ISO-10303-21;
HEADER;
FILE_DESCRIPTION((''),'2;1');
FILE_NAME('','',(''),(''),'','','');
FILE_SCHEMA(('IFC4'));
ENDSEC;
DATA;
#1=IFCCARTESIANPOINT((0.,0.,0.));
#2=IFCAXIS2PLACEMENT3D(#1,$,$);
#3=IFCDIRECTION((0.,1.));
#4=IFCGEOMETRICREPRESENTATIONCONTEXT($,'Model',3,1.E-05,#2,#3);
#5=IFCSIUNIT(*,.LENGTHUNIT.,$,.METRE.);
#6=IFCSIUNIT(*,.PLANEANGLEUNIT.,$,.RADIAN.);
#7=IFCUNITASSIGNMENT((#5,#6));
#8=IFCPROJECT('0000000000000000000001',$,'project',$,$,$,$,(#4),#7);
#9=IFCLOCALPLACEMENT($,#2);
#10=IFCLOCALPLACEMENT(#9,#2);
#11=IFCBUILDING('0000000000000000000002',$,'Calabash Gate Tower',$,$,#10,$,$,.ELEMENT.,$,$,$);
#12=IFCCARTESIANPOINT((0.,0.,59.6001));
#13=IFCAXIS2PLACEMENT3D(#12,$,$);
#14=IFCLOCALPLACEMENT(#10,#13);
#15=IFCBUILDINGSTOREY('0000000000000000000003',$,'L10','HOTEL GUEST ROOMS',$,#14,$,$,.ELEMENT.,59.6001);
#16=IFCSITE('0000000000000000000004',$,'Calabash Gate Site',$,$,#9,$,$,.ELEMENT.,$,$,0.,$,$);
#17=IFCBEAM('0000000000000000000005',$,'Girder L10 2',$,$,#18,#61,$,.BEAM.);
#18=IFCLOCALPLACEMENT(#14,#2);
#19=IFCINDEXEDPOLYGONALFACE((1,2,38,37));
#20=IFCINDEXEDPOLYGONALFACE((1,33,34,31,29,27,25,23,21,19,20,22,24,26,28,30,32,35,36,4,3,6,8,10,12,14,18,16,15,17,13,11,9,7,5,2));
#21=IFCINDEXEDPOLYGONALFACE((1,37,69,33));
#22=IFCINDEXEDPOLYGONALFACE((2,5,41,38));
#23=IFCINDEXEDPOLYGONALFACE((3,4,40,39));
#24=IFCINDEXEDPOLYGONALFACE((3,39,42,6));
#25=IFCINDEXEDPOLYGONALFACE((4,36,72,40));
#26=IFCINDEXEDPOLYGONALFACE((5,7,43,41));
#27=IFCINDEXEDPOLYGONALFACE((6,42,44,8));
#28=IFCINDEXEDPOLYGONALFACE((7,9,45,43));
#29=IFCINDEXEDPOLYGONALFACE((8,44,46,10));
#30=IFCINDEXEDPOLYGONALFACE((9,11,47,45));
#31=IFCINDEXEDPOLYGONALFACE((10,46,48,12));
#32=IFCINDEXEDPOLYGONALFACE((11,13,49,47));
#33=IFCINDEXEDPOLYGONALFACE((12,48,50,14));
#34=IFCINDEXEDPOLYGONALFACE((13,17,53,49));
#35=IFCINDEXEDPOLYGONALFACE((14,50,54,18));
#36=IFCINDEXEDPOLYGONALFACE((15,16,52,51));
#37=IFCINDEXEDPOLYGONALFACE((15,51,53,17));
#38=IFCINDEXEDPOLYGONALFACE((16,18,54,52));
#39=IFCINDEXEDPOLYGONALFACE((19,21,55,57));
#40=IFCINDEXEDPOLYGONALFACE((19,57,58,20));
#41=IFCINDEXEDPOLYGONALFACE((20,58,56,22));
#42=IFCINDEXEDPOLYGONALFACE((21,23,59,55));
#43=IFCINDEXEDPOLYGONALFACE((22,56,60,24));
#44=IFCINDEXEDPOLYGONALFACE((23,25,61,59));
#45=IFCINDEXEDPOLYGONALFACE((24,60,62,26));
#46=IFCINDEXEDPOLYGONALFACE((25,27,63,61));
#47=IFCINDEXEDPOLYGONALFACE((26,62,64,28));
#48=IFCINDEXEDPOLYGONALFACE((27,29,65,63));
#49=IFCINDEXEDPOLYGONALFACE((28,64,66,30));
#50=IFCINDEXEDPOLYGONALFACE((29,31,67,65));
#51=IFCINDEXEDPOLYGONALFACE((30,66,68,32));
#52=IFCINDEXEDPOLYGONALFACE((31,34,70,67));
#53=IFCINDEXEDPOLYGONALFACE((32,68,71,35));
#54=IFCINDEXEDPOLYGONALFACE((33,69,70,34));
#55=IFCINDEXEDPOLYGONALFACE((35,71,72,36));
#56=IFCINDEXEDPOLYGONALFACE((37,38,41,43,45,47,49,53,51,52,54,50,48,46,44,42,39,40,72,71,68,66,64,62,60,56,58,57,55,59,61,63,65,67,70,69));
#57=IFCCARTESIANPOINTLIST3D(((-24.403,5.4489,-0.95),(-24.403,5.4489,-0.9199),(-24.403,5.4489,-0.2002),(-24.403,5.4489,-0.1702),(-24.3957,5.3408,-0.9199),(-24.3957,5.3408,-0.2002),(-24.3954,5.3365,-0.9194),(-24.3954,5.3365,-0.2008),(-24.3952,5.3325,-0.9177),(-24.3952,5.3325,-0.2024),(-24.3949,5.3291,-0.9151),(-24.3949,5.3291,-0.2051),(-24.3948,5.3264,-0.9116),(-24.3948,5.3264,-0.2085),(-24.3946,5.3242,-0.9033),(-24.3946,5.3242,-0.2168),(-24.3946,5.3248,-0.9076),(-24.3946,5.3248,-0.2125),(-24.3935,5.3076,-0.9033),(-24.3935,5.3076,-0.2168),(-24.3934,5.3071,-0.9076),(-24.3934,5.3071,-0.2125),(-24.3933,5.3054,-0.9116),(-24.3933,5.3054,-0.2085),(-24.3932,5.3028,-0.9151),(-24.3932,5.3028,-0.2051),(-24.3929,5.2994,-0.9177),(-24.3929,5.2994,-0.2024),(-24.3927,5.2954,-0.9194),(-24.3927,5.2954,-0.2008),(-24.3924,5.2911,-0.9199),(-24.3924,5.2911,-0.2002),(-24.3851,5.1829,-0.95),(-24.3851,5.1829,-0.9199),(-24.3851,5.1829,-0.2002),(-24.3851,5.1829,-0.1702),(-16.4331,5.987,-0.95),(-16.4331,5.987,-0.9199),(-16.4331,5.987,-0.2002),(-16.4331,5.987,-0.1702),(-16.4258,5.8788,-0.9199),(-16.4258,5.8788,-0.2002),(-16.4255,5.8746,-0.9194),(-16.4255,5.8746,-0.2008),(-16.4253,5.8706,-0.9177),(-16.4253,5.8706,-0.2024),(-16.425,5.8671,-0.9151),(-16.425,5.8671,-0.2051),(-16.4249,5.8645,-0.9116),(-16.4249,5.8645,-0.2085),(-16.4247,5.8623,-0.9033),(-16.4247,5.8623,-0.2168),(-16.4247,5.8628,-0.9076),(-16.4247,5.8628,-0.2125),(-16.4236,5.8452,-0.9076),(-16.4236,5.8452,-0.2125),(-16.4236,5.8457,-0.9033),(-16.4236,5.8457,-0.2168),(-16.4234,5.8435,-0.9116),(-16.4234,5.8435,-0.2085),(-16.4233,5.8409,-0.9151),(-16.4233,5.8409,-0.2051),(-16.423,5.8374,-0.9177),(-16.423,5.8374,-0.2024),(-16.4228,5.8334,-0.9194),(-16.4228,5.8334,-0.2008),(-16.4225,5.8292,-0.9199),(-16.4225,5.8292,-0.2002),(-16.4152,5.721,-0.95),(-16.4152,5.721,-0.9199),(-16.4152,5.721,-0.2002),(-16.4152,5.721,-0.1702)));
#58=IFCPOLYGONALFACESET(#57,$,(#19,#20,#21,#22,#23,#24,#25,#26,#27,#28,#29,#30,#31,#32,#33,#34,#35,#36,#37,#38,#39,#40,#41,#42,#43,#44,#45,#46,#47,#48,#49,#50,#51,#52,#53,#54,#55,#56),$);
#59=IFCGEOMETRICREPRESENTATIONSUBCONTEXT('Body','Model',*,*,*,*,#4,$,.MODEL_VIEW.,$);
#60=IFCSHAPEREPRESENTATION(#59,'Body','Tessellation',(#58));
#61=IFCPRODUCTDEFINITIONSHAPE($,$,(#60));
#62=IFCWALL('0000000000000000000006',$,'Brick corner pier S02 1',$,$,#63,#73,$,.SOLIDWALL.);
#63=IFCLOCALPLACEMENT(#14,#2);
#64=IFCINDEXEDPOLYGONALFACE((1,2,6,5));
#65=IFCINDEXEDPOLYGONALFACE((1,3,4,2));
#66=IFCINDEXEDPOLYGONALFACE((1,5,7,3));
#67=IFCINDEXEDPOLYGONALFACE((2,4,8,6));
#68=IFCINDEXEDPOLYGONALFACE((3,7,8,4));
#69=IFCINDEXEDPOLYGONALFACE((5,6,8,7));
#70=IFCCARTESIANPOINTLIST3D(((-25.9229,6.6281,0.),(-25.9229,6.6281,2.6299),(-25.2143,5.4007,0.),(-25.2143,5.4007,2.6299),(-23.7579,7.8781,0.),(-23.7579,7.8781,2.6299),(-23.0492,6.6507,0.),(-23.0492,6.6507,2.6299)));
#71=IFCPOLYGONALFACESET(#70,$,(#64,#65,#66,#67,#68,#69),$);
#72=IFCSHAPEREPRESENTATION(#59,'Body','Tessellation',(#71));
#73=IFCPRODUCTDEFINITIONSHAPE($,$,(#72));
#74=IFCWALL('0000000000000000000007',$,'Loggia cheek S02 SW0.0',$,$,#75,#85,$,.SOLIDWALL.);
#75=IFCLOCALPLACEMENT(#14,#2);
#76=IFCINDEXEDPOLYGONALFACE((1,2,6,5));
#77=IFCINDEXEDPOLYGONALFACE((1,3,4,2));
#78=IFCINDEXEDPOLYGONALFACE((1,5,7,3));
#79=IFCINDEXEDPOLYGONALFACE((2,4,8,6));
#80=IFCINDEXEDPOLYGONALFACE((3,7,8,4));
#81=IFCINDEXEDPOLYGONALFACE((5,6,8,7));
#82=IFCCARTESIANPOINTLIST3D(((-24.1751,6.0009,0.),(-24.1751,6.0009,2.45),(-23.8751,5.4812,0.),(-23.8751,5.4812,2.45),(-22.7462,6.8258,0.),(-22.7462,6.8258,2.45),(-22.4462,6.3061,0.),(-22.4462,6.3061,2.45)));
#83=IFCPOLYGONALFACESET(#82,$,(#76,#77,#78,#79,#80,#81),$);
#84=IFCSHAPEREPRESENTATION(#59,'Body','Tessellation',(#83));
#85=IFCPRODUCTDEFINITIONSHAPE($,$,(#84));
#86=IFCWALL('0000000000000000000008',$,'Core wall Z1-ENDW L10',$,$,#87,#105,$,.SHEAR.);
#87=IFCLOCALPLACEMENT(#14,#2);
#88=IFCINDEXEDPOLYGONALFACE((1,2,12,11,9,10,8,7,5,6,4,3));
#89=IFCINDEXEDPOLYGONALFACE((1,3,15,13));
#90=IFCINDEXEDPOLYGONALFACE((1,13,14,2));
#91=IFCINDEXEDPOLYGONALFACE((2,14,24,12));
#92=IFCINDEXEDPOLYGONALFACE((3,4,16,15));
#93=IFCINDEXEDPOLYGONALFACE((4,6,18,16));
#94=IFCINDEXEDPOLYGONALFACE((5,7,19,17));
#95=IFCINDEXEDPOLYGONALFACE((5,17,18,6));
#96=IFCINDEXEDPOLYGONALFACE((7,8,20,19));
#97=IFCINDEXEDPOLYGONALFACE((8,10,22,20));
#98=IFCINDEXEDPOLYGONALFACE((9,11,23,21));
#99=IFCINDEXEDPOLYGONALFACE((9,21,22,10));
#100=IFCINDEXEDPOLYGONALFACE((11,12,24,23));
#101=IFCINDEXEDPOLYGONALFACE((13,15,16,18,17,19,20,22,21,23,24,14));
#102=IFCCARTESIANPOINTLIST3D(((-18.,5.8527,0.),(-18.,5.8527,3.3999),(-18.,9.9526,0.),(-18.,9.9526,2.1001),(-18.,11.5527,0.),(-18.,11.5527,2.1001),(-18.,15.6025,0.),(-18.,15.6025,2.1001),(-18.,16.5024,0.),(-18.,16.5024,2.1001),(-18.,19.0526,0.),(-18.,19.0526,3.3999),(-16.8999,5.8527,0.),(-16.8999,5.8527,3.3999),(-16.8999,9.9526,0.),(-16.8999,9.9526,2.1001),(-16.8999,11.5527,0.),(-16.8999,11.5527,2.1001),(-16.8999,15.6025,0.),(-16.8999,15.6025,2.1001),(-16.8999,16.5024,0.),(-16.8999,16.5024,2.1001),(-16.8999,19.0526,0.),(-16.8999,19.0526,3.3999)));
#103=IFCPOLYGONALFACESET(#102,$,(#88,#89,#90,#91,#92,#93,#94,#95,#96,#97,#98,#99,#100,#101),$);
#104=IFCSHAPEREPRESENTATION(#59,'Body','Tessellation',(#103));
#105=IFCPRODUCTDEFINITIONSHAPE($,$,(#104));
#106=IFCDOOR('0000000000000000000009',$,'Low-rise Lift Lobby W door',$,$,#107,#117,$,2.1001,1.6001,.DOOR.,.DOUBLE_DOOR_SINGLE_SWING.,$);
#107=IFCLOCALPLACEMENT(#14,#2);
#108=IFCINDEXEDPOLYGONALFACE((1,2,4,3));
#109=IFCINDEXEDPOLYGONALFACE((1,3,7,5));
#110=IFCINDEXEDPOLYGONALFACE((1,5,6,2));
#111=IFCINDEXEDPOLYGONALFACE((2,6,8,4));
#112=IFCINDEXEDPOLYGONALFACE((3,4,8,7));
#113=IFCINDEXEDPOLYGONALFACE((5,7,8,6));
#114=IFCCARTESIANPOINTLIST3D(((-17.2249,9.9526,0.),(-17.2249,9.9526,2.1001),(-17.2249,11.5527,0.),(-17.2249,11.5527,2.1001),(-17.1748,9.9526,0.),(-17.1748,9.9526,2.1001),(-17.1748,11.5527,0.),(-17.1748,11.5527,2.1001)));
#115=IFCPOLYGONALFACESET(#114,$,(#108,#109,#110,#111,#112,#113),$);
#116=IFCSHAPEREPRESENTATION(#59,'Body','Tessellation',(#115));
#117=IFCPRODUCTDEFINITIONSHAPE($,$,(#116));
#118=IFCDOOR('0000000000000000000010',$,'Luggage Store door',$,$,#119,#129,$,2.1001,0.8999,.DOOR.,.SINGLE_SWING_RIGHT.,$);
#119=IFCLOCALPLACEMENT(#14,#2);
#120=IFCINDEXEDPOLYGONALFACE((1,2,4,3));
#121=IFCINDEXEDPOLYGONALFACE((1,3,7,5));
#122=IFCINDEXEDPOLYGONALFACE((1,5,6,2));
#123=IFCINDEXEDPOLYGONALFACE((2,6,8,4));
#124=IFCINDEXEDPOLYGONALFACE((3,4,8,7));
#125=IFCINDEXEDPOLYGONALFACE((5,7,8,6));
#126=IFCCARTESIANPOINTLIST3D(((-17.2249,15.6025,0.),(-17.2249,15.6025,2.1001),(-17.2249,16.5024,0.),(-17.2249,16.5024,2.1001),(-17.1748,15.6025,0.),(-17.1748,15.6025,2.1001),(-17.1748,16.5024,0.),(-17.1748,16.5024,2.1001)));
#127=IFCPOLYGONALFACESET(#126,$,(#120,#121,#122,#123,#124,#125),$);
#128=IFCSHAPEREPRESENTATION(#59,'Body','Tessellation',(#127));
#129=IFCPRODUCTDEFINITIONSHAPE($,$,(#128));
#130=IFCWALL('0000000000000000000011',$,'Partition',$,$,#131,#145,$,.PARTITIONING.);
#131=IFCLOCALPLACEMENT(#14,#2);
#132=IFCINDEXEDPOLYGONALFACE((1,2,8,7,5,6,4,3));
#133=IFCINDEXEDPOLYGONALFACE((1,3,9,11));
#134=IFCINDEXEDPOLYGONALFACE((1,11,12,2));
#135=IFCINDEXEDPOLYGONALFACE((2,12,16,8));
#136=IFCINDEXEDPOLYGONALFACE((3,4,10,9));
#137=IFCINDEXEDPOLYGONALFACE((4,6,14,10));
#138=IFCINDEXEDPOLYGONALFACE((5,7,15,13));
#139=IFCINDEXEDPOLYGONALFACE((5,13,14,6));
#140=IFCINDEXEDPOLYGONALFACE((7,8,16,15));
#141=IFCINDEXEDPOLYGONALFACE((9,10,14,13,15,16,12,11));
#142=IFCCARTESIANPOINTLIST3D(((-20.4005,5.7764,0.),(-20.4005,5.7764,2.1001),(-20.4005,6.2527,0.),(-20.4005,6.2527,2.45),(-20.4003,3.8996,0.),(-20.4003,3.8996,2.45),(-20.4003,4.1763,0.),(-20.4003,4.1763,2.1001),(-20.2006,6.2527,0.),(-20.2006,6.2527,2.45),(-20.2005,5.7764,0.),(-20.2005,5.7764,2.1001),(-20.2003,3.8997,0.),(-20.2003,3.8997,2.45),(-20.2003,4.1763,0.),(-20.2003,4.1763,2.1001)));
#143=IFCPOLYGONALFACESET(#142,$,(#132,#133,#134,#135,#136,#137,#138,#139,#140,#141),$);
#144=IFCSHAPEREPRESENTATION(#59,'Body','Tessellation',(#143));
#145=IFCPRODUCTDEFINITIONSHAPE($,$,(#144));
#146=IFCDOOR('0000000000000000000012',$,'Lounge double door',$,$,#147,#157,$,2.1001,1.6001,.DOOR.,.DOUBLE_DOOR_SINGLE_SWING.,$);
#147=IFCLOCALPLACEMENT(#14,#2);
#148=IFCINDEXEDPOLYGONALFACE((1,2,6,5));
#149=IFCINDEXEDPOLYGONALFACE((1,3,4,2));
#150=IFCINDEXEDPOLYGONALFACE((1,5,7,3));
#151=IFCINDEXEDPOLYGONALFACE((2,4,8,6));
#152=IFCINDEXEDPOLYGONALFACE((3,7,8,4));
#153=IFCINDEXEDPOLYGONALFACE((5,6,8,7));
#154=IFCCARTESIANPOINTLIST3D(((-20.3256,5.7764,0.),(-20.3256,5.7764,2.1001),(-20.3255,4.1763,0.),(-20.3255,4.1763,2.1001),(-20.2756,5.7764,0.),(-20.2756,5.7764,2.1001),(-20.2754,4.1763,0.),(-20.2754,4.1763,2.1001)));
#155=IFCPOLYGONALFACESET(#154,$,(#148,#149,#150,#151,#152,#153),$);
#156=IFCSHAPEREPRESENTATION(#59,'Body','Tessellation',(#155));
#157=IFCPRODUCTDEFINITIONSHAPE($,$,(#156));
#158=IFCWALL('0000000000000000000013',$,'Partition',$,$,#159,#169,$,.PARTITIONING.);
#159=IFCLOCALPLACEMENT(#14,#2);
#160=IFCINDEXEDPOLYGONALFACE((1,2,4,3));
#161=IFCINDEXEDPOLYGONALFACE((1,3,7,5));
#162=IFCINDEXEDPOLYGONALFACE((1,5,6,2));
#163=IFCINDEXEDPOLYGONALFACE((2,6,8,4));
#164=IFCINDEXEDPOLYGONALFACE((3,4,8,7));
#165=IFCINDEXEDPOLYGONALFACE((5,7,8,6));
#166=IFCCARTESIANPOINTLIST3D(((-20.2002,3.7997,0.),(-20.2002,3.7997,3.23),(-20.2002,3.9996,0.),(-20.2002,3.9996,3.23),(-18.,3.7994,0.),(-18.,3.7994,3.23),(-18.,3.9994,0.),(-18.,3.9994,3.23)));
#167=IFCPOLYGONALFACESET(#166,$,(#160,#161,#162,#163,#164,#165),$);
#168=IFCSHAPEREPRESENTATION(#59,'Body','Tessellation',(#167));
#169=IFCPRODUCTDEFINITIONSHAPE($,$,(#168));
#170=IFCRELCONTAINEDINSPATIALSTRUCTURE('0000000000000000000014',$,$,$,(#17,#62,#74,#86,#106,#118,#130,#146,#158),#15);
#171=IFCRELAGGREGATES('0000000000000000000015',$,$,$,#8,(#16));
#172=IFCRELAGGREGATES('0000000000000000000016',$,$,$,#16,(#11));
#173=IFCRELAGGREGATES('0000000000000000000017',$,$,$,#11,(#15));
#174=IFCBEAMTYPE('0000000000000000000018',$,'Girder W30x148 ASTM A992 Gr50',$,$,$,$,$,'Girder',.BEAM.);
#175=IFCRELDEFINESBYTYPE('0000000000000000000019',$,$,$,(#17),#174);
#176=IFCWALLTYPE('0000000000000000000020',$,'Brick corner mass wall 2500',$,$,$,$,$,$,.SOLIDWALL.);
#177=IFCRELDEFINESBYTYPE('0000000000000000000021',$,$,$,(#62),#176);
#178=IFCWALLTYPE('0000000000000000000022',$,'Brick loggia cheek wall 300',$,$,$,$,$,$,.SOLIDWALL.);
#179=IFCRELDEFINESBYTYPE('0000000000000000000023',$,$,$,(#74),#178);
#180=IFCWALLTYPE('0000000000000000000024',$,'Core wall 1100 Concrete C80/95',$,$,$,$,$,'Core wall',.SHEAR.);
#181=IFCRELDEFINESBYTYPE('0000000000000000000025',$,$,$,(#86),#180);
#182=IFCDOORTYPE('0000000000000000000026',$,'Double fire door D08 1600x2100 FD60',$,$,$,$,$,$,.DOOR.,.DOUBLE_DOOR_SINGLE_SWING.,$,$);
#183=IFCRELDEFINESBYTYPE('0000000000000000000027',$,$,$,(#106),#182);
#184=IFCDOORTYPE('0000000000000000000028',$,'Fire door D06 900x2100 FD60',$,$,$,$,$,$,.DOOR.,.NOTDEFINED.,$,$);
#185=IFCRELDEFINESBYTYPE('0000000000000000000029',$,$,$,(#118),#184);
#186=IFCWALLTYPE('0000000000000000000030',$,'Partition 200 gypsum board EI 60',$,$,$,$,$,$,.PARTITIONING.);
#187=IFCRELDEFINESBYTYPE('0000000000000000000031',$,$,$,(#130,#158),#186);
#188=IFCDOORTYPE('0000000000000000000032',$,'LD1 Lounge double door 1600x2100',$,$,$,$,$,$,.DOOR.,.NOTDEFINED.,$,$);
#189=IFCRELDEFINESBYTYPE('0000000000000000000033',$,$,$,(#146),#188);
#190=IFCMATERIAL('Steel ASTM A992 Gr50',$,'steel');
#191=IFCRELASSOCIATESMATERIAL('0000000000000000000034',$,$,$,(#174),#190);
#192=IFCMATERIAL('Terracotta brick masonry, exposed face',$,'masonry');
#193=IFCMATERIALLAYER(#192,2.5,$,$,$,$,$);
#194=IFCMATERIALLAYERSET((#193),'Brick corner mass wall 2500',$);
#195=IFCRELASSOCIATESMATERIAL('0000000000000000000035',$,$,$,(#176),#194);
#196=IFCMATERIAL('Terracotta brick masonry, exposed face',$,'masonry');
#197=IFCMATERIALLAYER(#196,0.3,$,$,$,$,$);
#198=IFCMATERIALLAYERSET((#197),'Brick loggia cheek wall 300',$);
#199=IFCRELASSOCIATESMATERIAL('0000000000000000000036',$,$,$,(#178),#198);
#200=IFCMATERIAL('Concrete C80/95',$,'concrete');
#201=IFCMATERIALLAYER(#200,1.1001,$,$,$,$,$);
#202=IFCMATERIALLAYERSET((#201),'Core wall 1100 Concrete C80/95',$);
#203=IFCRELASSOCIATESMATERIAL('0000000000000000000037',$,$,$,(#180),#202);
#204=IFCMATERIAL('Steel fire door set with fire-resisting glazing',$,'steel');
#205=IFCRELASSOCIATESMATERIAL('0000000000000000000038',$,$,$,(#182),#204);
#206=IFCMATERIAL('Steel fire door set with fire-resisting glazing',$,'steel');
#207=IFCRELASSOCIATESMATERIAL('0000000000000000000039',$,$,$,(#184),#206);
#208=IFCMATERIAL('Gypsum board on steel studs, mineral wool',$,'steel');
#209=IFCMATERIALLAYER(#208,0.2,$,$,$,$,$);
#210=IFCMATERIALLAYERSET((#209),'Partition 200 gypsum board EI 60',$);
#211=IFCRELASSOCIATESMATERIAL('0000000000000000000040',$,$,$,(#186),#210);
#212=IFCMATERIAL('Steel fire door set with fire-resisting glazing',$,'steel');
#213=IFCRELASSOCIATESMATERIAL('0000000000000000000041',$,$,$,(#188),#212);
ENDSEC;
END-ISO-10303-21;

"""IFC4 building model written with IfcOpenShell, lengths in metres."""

from ifc_helpers import new_model, si_unit, direction, frame, frame_2d, origin, origin_2d, place, context, subcontext, project, spatial, rectangle, i_section, extrude, material, layer, layer_set, material_profile, profile_set, type_object, element, fill, save


model = new_model("IFC4")

# Units and contexts
model_context = context("Model", 3, precision=1e-05, world=origin(), true_north=direction((0.0, 1.0)))
body_context = subcontext(model_context, "Body", "Model", "MODEL_VIEW")
ifc_project = project(units=[si_unit("LENGTHUNIT", "METRE"), si_unit("PLANEANGLEUNIT", "RADIAN")], contexts=[model_context])

# Site, building, storey
site_placement = place(None, origin())
site = spatial("IfcSite", under=ifc_project, at=site_placement, Name="Calabash Gate Site", CompositionType="ELEMENT", RefElevation=0.0)
building_placement = place(site_placement, origin())
building = spatial("IfcBuilding", under=site, at=building_placement, Name="Calabash Gate Tower", CompositionType="ELEMENT")
storey_placement = place(building_placement, frame((0.0, 0.0, 59.6001)))
storey = spatial("IfcBuildingStorey", under=building, at=storey_placement, Name="L10", Description="HOTEL GUEST ROOMS", CompositionType="ELEMENT", Elevation=59.6001)

# Beam
ifc_material_1 = material(Name="Steel ASTM A992 Gr50", Category="steel")
ifc_material_profile_1 = material_profile(ifc_material_1, i_section(OverallWidth=0.2666, OverallDepth=0.7798, WebThickness=0.0166, FlangeThickness=0.03, FilletRadius=0.0166, at=origin_2d()))
ifc_profile_set_1 = profile_set([ifc_material_profile_1], Name="Steel ASTM A992 Gr50")
beam_type_1 = type_object("IfcBeamType", Name="Girder W30x148 ASTM A992 Gr50", ElementType="Girder", PredefinedType="BEAM", material=ifc_profile_set_1)
beam_1_placement = place(storey_placement, frame((-24.394, 5.3159, -0.5601), z_axis=(0.997729, 0.067361, 0.0), x_axis=(-0.067361, 0.997729, 0.0)))
element("IfcBeam", 1, at=beam_1_placement, inside=storey, type_object=beam_type_1, Name="Girder L10 2", PredefinedType="BEAM", context=body_context, shape_type="SweptSolid", body=[
    extrude(i_section(OverallWidth=0.2666, OverallDepth=0.7798, WebThickness=0.0166, FlangeThickness=0.03, FilletRadius=0.0166, at=origin_2d()), origin(), (0.0, 0.0, 1.0), 7.988),
])

# Walls
ifc_material_2 = material(Name="Terracotta brick masonry, exposed face", Category="masonry")
ifc_layer_1 = layer(ifc_material_2, 2.5)
ifc_layer_set_1 = layer_set([ifc_layer_1], Name="Brick corner mass wall 2500")
wall_type_1 = type_object("IfcWallType", Name="Brick corner mass wall 2500", PredefinedType="SOLIDWALL", material=ifc_layer_set_1)
wall_1_placement = place(storey_placement, frame((-25.5686, 6.0144, 0.0), z_axis=(0.0, 0.0, 1.0), x_axis=(0.866023, 0.500004, 0.0)))
element("IfcWall", 2, at=wall_1_placement, inside=storey, type_object=wall_type_1, Name="Brick corner pier S02 1", PredefinedType="SOLIDWALL", context=body_context, shape_type="SweptSolid", body=[
    extrude(rectangle(XDim=2.5, YDim=1.4172, at=frame_2d((1.25, 0.0))), origin(), (0.0, 0.0, 1.0), 2.6299),
])
ifc_material_3 = material(Name="Terracotta brick masonry, exposed face", Category="masonry")
ifc_layer_2 = layer(ifc_material_3, 0.3)
ifc_layer_set_2 = layer_set([ifc_layer_2], Name="Brick loggia cheek wall 300")
wall_type_2 = type_object("IfcWallType", Name="Brick loggia cheek wall 300", PredefinedType="SOLIDWALL", material=ifc_layer_set_2)
wall_2_placement = place(storey_placement, frame((-22.5962, 6.5659, 0.0), z_axis=(0.0, 0.0, 1.0), x_axis=(-0.86604, -0.499974, 0.0)))
element("IfcWall", 3, at=wall_2_placement, inside=storey, type_object=wall_type_2, Name="Loggia cheek S02 SW0.0", PredefinedType="SOLIDWALL", context=body_context, shape_type="SweptSolid", body=[
    extrude(rectangle(XDim=1.6499, YDim=0.6001, at=frame_2d((0.825, 0.0))), origin(), (0.0, 0.0, 1.0), 2.45),
])

# Wall, openings, doors
ifc_material_4 = material(Name="Concrete C80/95", Category="concrete")
ifc_layer_3 = layer(ifc_material_4, 1.1001)
ifc_layer_set_3 = layer_set([ifc_layer_3], Name="Core wall 1100 Concrete C80/95")
wall_type_3 = type_object("IfcWallType", Name="Core wall 1100 Concrete C80/95", ElementType="Core wall", PredefinedType="SHEAR", material=ifc_layer_set_3)
wall_3_placement = place(storey_placement, frame((-17.45, 5.8525, 0.0), z_axis=(0.0, 0.0, 1.0), x_axis=(0.0, 1.0, 0.0)))
wall_3 = element("IfcWall", 4, at=wall_3_placement, inside=storey, type_object=wall_type_3, Name="Core wall Z1-ENDW L10", PredefinedType="SHEAR", context=body_context, shape_type="SweptSolid", body=[
    extrude(rectangle(XDim=13.2, YDim=1.1001, at=frame_2d((6.6001, 0.0))), origin(), (0.0, 0.0, 1.0), 3.3999),
])
opening_1_placement = place(wall_3_placement, frame((4.1001, 0.0, 0.0)))
opening_1 = element("IfcOpeningElement", 5, at=opening_1_placement, cuts=wall_3, PredefinedType="OPENING", context=body_context, shape_type="SweptSolid", body=[
    extrude(rectangle(XDim=1.6001, YDim=2.1001, at=frame_2d((0.8, 1.05))), frame((0.0, 0.5601, 0.0), z_axis=(0.0, -1.0, 0.0), x_axis=(1.0, 0.0, 0.0)), (0.0, 0.0, 1.0), 1.1201),
])
opening_2_placement = place(wall_3_placement, frame((9.75, 0.0, 0.0)))
opening_2 = element("IfcOpeningElement", 6, at=opening_2_placement, cuts=wall_3, PredefinedType="OPENING", context=body_context, shape_type="SweptSolid", body=[
    extrude(rectangle(XDim=0.8999, YDim=2.1001, at=frame_2d((0.45, 1.05))), frame((0.0, 0.5601, 0.0), z_axis=(0.0, -1.0, 0.0), x_axis=(1.0, 0.0, 0.0)), (0.0, 0.0, 1.0), 1.1201),
])
ifc_material_5 = material(Name="Steel fire door set with fire-resisting glazing", Category="steel")
door_type_1 = type_object("IfcDoorType", Name="Double fire door D08 1600x2100 FD60", OperationType="DOUBLE_DOOR_SINGLE_SWING", PredefinedType="DOOR", material=ifc_material_5)
door_1_placement = place(opening_1_placement, origin())
door_1 = element("IfcDoor", 7, at=door_1_placement, inside=storey, type_object=door_type_1, Name="Low-rise Lift Lobby W door", OperationType="DOUBLE_DOOR_SINGLE_SWING", OverallHeight=2.1001, OverallWidth=1.6001, PredefinedType="DOOR", context=body_context, shape_type="SweptSolid", body=[
    extrude(rectangle(XDim=1.6001, YDim=2.1001, at=frame_2d((0.8, 1.05))), frame((0.0, -0.2251, 0.0), z_axis=(0.0, -1.0, 0.0), x_axis=(1.0, 0.0, 0.0)), (0.0, 0.0, 1.0), 0.05),
])
fill(opening_1, door_1)
ifc_material_6 = material(Name="Steel fire door set with fire-resisting glazing", Category="steel")
door_type_2 = type_object("IfcDoorType", Name="Fire door D06 900x2100 FD60", OperationType="NOTDEFINED", PredefinedType="DOOR", material=ifc_material_6)
door_2_placement = place(opening_2_placement, origin())
door_2 = element("IfcDoor", 8, at=door_2_placement, inside=storey, type_object=door_type_2, Name="Luggage Store door", OperationType="SINGLE_SWING_RIGHT", OverallHeight=2.1001, OverallWidth=0.8999, PredefinedType="DOOR", context=body_context, shape_type="SweptSolid", body=[
    extrude(rectangle(XDim=0.8999, YDim=2.1001, at=frame_2d((0.45, 1.05))), frame((0.0, -0.2251, 0.0), z_axis=(0.0, -1.0, 0.0), x_axis=(1.0, 0.0, 0.0)), (0.0, 0.0, 1.0), 0.05),
])
fill(opening_2, door_2)

# Wall, opening, door
ifc_material_7 = material(Name="Gypsum board on steel studs, mineral wool", Category="steel")
ifc_layer_4 = layer(ifc_material_7, 0.2)
ifc_layer_set_4 = layer_set([ifc_layer_4], Name="Partition 200 gypsum board EI 60")
wall_type_4 = type_object("IfcWallType", Name="Partition 200 gypsum board EI 60", PredefinedType="PARTITIONING", material=ifc_layer_set_4)
wall_4_placement = place(storey_placement, frame((-20.3005, 6.2527, 0.0), z_axis=(0.0, 0.0, 1.0), x_axis=(0.000104, -1.0, 0.0)))
wall_4 = element("IfcWall", 9, at=wall_4_placement, inside=storey, type_object=wall_type_4, Name="Partition", PredefinedType="PARTITIONING", context=body_context, shape_type="SweptSolid", body=[
    extrude(rectangle(XDim=2.353, YDim=0.2, at=frame_2d((1.1765, 0.0))), origin(), (0.0, 0.0, 1.0), 2.45),
])
opening_3_placement = place(wall_4_placement, frame((0.4763, 0.0, 0.0)))
opening_3 = element("IfcOpeningElement", 10, at=opening_3_placement, cuts=wall_4, PredefinedType="OPENING", context=body_context, shape_type="SweptSolid", body=[
    extrude(rectangle(XDim=1.6001, YDim=2.1001, at=frame_2d((0.8, 1.05))), frame((0.0, 0.1099, 0.0), z_axis=(0.0, -1.0, 0.0), x_axis=(1.0, 0.0, 0.0)), (0.0, 0.0, 1.0), 0.22),
])
ifc_material_8 = material(Name="Steel fire door set with fire-resisting glazing", Category="steel")
door_type_3 = type_object("IfcDoorType", Name="LD1 Lounge double door 1600x2100", OperationType="NOTDEFINED", PredefinedType="DOOR", material=ifc_material_8)
door_3_placement = place(opening_3_placement, origin())
door_3 = element("IfcDoor", 11, at=door_3_placement, inside=storey, type_object=door_type_3, Name="Lounge double door", OperationType="DOUBLE_DOOR_SINGLE_SWING", OverallHeight=2.1001, OverallWidth=1.6001, PredefinedType="DOOR", context=body_context, shape_type="SweptSolid", body=[
    extrude(rectangle(XDim=1.6001, YDim=2.1001, at=frame_2d((0.8, 1.05))), frame((0.0, 0.0249, 0.0), z_axis=(0.0, -1.0, 0.0), x_axis=(1.0, 0.0, 0.0)), (0.0, 0.0, 1.0), 0.05),
])
fill(opening_3, door_3)

# Wall
wall_5_placement = place(storey_placement, frame((-20.2002, 3.8997, 0.0), z_axis=(0.0, 0.0, 1.0), x_axis=(1.0, -0.000111, 0.0)))
element("IfcWall", 12, at=wall_5_placement, inside=storey, type_object=wall_type_4, Name="Partition", PredefinedType="PARTITIONING", context=body_context, shape_type="SweptSolid", body=[
    extrude(rectangle(XDim=2.2002, YDim=0.2, at=frame_2d((1.1001, 0.0))), origin(), (0.0, 0.0, 1.0), 3.23),
])

save(model, "model.ifc")
